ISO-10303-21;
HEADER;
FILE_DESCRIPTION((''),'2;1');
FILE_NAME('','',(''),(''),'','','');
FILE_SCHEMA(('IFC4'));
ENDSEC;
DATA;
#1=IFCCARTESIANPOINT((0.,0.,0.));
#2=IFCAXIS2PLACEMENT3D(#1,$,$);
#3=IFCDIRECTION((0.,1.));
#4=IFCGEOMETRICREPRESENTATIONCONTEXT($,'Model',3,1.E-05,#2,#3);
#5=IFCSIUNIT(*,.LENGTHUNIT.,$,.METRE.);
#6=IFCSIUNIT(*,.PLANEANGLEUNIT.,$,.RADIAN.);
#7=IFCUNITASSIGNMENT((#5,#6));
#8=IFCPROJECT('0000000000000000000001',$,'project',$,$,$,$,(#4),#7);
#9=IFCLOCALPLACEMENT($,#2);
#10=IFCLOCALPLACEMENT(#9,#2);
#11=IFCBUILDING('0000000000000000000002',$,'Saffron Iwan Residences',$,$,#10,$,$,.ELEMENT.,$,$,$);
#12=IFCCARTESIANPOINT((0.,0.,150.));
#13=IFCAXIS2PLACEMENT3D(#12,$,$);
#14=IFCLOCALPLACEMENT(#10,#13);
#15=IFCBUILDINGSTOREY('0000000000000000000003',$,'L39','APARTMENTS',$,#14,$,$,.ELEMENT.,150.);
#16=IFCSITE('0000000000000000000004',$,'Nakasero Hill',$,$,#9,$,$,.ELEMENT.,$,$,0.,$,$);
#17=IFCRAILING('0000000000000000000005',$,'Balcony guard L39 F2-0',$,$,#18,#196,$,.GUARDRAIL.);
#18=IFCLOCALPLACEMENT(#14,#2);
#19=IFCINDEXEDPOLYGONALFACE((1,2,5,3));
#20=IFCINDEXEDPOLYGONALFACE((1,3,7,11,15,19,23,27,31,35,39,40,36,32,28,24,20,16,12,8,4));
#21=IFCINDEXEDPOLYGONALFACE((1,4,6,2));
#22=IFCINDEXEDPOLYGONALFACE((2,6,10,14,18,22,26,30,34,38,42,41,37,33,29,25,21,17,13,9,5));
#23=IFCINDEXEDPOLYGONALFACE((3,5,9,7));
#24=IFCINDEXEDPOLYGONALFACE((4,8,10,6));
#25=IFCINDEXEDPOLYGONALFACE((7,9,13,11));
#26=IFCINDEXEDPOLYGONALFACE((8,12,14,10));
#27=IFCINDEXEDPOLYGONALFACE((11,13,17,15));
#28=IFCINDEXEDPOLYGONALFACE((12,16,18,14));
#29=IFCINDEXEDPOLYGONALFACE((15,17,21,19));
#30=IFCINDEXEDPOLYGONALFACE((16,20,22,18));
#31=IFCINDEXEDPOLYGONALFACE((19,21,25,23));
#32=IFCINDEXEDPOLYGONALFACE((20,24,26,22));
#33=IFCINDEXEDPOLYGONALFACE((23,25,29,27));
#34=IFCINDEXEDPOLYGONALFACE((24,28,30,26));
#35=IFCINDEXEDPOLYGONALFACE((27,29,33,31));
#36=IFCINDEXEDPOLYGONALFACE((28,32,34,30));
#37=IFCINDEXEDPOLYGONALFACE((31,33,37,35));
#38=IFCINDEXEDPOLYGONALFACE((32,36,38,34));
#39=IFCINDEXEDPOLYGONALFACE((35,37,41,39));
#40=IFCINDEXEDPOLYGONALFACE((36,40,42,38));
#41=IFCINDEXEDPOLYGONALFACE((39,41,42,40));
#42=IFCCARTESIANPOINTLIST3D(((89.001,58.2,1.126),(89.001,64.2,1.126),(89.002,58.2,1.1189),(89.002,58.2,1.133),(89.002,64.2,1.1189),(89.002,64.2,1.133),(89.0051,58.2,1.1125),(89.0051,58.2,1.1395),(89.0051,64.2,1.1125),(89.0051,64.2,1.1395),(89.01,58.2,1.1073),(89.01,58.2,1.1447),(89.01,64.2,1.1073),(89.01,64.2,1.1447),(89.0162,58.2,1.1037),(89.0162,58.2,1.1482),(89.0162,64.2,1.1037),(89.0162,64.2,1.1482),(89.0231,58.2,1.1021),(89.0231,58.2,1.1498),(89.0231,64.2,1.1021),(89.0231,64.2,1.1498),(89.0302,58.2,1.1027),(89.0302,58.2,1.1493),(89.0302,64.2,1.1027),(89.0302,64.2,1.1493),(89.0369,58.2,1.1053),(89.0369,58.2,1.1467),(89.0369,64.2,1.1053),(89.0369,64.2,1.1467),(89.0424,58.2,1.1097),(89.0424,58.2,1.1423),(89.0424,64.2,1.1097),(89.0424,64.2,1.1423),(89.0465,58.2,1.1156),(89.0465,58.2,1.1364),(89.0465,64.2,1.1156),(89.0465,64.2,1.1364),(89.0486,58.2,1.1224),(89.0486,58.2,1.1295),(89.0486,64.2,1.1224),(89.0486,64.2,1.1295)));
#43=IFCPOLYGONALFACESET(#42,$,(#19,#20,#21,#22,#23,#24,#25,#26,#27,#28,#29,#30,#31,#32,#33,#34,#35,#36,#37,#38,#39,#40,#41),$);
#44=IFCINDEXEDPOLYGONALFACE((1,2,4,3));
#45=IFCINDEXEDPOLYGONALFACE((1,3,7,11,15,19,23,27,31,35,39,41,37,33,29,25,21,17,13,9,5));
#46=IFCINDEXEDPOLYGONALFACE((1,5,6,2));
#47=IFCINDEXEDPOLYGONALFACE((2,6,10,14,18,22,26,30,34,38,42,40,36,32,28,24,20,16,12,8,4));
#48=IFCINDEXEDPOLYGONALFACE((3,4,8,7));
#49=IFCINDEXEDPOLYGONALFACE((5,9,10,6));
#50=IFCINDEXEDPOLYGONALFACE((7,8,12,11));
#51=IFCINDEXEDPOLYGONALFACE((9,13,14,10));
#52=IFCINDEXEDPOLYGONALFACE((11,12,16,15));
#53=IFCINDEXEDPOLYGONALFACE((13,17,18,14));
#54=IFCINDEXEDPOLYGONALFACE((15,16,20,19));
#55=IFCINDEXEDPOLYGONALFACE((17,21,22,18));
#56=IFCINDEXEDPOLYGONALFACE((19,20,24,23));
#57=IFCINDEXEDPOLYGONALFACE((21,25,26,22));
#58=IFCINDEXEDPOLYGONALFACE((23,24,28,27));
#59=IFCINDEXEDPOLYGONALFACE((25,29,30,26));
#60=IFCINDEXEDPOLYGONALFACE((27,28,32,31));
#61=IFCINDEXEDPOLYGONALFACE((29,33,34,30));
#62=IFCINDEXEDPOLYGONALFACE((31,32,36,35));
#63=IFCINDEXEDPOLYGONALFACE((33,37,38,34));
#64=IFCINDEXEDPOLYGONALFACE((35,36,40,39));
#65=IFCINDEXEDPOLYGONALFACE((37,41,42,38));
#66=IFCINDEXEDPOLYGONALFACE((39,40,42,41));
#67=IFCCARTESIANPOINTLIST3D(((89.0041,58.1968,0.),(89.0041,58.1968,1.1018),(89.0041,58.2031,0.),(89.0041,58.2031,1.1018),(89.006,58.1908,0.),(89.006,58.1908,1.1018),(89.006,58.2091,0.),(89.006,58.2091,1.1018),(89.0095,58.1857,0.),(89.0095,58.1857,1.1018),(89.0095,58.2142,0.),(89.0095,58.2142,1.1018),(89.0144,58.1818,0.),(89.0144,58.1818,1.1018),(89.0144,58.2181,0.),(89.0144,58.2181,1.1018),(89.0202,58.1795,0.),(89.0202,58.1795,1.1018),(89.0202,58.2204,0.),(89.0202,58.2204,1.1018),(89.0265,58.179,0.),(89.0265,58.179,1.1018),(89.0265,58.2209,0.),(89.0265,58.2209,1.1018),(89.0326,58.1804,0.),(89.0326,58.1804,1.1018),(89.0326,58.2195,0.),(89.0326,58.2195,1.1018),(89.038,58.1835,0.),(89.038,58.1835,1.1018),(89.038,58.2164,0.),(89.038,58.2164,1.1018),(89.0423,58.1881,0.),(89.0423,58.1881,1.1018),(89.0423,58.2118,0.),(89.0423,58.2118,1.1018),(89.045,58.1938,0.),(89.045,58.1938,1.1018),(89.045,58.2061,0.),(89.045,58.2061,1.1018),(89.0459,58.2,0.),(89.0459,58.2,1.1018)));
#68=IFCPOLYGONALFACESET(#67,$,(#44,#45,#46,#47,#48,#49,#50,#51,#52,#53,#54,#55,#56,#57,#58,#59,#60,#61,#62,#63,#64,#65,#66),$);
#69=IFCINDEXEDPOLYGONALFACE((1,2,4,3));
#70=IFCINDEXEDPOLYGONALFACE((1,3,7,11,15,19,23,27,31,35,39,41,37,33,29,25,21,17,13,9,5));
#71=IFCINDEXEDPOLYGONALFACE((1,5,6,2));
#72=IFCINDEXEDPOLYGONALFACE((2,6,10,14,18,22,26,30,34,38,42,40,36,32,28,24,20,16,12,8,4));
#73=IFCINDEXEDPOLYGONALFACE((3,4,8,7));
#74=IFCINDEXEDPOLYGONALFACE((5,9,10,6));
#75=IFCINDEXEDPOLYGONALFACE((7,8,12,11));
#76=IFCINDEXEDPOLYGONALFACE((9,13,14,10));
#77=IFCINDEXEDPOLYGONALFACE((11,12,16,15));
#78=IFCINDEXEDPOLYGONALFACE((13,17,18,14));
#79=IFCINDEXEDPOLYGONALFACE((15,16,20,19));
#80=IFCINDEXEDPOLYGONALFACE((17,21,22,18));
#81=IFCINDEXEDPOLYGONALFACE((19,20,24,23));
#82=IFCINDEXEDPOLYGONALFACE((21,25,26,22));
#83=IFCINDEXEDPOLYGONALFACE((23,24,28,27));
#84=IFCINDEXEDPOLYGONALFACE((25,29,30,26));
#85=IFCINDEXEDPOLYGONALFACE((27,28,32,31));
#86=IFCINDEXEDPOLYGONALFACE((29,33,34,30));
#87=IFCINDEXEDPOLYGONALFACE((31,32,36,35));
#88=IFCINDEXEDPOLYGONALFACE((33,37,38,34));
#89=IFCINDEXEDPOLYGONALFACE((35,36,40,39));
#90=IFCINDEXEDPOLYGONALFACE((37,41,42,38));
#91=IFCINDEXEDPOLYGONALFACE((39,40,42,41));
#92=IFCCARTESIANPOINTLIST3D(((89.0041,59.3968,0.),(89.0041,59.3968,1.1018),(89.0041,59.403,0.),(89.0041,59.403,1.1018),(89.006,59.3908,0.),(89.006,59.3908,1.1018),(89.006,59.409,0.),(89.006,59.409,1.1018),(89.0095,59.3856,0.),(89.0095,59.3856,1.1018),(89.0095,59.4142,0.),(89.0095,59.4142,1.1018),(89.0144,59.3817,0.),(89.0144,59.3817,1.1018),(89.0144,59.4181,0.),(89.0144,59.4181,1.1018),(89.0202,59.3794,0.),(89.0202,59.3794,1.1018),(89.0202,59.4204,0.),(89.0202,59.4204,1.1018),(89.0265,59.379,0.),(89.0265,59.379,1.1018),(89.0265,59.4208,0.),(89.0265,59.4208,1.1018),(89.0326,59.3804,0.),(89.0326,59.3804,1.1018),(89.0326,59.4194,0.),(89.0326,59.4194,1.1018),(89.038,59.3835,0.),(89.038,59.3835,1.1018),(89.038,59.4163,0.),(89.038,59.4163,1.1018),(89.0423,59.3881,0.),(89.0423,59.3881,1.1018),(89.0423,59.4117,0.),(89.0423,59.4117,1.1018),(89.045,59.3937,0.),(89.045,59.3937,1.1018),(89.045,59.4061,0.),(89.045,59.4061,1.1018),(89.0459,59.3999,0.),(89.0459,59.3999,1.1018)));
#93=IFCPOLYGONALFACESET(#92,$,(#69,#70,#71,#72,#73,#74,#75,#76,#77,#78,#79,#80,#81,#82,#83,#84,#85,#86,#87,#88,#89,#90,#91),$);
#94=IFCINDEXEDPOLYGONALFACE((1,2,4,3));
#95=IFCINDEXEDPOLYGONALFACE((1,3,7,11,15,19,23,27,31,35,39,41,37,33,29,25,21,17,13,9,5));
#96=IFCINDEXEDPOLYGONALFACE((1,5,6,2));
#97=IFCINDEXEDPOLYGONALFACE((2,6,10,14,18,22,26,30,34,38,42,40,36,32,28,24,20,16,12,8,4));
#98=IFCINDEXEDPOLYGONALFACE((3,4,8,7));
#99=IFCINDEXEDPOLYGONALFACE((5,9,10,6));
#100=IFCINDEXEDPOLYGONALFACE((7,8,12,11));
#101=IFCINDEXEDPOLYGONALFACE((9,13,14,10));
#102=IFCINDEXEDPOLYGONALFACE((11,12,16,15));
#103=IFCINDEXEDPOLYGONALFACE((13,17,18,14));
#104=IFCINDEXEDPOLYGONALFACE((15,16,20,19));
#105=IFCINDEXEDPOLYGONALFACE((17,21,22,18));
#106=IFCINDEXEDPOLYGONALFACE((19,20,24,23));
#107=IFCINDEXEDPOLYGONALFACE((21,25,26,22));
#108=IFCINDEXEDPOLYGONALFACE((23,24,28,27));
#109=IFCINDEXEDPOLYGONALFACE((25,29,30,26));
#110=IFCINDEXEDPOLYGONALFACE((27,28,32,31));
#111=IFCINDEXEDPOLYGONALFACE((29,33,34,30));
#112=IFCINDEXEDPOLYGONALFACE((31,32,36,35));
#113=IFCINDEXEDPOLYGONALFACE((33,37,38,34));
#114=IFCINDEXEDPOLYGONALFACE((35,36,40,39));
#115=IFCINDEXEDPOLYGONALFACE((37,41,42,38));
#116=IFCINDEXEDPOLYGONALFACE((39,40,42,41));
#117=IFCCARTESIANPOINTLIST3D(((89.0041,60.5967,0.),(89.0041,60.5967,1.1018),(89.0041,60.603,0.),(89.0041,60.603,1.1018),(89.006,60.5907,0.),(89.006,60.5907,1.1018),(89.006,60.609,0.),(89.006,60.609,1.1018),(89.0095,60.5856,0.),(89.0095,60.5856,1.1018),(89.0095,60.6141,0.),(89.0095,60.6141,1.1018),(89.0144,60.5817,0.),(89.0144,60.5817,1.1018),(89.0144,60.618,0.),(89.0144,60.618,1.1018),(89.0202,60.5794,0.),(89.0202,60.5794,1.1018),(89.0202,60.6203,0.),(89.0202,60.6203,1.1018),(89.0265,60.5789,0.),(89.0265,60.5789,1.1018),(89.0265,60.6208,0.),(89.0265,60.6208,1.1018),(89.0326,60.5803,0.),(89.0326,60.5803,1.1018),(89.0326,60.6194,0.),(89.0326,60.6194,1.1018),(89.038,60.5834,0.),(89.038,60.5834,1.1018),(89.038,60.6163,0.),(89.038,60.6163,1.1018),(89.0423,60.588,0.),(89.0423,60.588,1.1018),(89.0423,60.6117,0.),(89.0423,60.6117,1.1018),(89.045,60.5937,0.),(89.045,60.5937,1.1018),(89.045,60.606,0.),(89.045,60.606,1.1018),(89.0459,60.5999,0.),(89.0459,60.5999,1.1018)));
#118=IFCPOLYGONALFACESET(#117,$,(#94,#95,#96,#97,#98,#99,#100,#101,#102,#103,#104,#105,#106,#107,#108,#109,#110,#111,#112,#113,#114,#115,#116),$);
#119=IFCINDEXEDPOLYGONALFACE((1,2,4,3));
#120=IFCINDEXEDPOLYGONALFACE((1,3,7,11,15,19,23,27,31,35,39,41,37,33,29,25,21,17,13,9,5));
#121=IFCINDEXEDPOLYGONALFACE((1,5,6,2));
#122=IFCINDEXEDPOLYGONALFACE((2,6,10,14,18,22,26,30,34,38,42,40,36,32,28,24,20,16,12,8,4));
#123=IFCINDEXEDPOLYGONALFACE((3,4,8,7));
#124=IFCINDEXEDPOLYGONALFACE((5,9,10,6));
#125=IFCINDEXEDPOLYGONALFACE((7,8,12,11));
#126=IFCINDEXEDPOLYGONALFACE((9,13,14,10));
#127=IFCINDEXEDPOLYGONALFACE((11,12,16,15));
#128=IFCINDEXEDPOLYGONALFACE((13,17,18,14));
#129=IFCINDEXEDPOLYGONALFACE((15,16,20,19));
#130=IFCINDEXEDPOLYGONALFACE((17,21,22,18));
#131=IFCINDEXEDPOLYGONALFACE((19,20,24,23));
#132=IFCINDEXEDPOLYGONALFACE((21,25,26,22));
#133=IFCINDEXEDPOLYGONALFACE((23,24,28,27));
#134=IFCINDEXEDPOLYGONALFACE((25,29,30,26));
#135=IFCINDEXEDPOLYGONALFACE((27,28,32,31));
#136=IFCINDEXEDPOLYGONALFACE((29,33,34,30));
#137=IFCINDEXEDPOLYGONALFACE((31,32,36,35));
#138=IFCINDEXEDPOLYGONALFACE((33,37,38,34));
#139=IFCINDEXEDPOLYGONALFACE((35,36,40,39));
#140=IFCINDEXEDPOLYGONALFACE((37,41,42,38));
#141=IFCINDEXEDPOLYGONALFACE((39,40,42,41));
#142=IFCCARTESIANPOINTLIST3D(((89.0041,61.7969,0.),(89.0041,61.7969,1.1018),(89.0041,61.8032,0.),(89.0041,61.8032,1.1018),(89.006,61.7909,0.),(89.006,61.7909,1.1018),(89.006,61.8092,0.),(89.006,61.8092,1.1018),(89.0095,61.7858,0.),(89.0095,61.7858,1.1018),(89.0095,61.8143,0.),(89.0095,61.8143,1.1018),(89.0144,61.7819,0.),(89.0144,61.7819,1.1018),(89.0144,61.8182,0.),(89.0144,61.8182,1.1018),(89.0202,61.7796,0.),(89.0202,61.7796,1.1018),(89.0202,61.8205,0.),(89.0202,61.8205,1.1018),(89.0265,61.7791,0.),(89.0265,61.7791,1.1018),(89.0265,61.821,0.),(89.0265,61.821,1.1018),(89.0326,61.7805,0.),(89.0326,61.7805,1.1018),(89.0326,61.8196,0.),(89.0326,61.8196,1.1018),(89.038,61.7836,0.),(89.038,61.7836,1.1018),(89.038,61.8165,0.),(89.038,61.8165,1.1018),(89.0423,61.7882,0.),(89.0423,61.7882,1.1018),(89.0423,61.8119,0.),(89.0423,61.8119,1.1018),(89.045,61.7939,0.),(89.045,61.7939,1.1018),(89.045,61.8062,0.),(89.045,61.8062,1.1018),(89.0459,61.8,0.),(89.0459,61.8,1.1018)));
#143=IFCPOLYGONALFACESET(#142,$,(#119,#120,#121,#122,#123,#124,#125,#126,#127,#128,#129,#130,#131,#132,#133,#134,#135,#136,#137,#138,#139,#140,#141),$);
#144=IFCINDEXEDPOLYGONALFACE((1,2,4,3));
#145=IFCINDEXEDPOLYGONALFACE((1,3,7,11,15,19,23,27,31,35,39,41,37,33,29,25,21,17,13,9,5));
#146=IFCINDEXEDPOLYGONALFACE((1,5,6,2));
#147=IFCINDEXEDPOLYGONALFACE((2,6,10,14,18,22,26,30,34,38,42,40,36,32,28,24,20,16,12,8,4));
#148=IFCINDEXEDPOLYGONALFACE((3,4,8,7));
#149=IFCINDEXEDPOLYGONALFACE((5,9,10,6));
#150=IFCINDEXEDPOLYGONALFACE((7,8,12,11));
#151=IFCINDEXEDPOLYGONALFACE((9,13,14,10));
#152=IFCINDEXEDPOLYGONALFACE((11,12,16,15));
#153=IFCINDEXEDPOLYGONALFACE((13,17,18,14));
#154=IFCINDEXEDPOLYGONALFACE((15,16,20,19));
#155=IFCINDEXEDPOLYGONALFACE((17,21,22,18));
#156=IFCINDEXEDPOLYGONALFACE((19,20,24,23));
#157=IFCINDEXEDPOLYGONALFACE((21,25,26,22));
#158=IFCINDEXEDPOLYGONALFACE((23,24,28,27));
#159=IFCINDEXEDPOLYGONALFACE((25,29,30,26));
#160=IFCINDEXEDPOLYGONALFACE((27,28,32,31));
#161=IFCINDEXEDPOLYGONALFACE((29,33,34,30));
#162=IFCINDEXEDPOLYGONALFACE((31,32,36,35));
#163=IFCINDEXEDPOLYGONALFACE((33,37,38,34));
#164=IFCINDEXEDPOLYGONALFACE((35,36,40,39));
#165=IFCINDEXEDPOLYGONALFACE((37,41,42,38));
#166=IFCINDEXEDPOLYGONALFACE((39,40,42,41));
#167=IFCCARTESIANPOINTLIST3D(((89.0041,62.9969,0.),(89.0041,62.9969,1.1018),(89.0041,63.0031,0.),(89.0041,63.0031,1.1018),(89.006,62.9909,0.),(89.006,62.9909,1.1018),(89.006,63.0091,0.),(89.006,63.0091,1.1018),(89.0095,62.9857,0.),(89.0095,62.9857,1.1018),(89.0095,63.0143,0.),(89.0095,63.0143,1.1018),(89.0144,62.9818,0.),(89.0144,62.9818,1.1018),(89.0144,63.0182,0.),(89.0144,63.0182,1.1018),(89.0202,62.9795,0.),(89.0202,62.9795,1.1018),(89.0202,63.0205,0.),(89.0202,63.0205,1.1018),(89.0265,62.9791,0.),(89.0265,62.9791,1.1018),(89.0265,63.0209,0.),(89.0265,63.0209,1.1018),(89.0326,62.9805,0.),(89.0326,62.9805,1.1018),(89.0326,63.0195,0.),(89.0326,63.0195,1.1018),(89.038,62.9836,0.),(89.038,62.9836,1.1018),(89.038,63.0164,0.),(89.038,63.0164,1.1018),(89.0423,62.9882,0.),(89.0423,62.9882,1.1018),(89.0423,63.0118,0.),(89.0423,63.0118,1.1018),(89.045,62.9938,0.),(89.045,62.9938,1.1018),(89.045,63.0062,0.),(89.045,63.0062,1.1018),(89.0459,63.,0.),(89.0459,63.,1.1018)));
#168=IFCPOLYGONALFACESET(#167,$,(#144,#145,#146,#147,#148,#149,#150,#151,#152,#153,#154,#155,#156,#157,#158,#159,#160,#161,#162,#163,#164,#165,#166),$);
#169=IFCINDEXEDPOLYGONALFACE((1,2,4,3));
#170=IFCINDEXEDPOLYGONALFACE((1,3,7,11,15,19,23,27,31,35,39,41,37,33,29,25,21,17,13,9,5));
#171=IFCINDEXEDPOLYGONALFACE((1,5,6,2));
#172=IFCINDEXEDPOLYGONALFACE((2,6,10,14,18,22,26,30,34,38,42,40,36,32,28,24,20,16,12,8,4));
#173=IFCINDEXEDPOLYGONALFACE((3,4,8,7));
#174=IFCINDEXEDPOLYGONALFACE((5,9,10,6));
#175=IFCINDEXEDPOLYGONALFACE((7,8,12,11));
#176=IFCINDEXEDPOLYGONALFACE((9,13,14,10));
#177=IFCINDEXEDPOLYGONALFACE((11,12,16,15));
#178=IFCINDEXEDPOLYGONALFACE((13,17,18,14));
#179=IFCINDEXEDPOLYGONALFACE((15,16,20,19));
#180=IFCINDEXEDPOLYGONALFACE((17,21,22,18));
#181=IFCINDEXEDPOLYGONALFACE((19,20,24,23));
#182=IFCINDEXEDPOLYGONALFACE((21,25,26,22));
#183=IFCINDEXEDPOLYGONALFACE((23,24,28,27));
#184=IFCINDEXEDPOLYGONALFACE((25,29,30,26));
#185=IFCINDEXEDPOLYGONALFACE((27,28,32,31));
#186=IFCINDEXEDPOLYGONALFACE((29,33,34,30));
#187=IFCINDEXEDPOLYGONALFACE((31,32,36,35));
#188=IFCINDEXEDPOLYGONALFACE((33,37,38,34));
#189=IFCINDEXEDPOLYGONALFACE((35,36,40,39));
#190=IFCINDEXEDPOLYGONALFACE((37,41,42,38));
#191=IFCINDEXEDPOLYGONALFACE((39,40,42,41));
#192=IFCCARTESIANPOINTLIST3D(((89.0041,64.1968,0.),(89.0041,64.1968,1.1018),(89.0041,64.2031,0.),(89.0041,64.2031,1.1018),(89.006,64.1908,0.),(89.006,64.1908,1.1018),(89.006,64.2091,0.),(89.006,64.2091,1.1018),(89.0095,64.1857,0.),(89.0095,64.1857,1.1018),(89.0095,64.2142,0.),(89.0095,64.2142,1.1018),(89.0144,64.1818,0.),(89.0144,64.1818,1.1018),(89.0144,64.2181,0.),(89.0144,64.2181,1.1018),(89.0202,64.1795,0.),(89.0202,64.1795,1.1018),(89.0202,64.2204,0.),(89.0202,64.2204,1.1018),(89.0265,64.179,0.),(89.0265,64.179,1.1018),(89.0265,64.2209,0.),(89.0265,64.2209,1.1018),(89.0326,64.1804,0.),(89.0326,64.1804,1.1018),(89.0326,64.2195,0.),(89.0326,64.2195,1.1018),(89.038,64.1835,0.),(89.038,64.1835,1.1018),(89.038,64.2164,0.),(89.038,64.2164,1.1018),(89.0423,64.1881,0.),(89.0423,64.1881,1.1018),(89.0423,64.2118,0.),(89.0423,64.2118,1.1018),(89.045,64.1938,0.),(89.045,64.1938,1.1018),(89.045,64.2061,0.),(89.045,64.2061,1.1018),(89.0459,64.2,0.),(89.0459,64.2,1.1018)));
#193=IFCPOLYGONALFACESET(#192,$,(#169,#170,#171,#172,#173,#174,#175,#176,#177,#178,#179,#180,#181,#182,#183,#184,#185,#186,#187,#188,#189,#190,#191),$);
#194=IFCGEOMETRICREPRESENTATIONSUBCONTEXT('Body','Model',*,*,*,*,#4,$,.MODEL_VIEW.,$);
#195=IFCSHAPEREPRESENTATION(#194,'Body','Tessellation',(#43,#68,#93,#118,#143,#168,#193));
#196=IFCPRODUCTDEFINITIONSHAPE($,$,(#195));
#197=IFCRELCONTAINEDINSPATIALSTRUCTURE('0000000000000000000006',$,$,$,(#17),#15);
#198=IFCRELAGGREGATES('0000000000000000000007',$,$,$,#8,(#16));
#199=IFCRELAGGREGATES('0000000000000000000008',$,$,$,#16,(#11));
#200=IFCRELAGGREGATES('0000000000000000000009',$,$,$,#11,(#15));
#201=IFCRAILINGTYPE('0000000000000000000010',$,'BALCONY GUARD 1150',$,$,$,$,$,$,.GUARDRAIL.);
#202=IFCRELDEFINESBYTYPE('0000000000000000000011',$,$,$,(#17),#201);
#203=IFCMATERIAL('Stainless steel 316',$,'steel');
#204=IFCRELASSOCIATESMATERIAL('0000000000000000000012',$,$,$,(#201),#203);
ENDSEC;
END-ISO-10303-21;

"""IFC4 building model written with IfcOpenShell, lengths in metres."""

from ifc_helpers import new_model, si_unit, direction, frame, origin, origin_2d, place, context, subcontext, project, spatial, circle, extrude, material, type_object, element, save


model = new_model("IFC4")

# Units and contexts
model_context = context("Model", 3, precision=1e-05, world=origin(), true_north=direction((0.0, 1.0)))
body_context = subcontext(model_context, "Body", "Model", "MODEL_VIEW")
ifc_project = project(units=[si_unit("LENGTHUNIT", "METRE"), si_unit("PLANEANGLEUNIT", "RADIAN")], contexts=[model_context])

# Site, building, storey
site_placement = place(None, origin())
site = spatial("IfcSite", under=ifc_project, at=site_placement, Name="Nakasero Hill", CompositionType="ELEMENT", RefElevation=0.0)
building_placement = place(site_placement, origin())
building = spatial("IfcBuilding", under=site, at=building_placement, Name="Saffron Iwan Residences", CompositionType="ELEMENT")
storey_placement = place(building_placement, frame((0.0, 0.0, 150.0)))
storey = spatial("IfcBuildingStorey", under=building, at=storey_placement, Name="L39", Description="APARTMENTS", CompositionType="ELEMENT", Elevation=150.0)

# Railing
ifc_material_1 = material(Name="Stainless steel 316", Category="steel")
railing_type = type_object("IfcRailingType", Name="BALCONY GUARD 1150", PredefinedType="GUARDRAIL", material=ifc_material_1)
railing_placement = place(storey_placement, frame((89.0249, 58.2, 0.0)))
element("IfcRailing", 1, at=railing_placement, inside=storey, type_object=railing_type, Name="Balcony guard L39 F2-0", PredefinedType="GUARDRAIL", context=body_context, shape_type="SweptSolid", body=[
    extrude(circle(Radius=0.0239, at=origin_2d()), frame((0.0, 0.0, 1.126), z_axis=(0.0, 1.0, 0.0), x_axis=(-1.0, 0.0, 0.0)), (0.0, 0.0, 1.0), 6.0),
    extrude(circle(Radius=0.021, at=origin_2d()), origin(), (0.0, 0.0, 1.0), 1.1018),
    extrude(circle(Radius=0.021, at=origin_2d()), frame((0.0, 1.2, 0.0)), (0.0, 0.0, 1.0), 1.1018),
    extrude(circle(Radius=0.021, at=origin_2d()), frame((0.0, 2.3999, 0.0)), (0.0, 0.0, 1.0), 1.1018),
    extrude(circle(Radius=0.021, at=origin_2d()), frame((0.0, 3.6001, 0.0)), (0.0, 0.0, 1.0), 1.1018),
    extrude(circle(Radius=0.021, at=origin_2d()), frame((0.0, 4.8, 0.0)), (0.0, 0.0, 1.0), 1.1018),
    extrude(circle(Radius=0.021, at=origin_2d()), frame((0.0, 6.0, 0.0)), (0.0, 0.0, 1.0), 1.1018),
])

save(model, "model.ifc")
